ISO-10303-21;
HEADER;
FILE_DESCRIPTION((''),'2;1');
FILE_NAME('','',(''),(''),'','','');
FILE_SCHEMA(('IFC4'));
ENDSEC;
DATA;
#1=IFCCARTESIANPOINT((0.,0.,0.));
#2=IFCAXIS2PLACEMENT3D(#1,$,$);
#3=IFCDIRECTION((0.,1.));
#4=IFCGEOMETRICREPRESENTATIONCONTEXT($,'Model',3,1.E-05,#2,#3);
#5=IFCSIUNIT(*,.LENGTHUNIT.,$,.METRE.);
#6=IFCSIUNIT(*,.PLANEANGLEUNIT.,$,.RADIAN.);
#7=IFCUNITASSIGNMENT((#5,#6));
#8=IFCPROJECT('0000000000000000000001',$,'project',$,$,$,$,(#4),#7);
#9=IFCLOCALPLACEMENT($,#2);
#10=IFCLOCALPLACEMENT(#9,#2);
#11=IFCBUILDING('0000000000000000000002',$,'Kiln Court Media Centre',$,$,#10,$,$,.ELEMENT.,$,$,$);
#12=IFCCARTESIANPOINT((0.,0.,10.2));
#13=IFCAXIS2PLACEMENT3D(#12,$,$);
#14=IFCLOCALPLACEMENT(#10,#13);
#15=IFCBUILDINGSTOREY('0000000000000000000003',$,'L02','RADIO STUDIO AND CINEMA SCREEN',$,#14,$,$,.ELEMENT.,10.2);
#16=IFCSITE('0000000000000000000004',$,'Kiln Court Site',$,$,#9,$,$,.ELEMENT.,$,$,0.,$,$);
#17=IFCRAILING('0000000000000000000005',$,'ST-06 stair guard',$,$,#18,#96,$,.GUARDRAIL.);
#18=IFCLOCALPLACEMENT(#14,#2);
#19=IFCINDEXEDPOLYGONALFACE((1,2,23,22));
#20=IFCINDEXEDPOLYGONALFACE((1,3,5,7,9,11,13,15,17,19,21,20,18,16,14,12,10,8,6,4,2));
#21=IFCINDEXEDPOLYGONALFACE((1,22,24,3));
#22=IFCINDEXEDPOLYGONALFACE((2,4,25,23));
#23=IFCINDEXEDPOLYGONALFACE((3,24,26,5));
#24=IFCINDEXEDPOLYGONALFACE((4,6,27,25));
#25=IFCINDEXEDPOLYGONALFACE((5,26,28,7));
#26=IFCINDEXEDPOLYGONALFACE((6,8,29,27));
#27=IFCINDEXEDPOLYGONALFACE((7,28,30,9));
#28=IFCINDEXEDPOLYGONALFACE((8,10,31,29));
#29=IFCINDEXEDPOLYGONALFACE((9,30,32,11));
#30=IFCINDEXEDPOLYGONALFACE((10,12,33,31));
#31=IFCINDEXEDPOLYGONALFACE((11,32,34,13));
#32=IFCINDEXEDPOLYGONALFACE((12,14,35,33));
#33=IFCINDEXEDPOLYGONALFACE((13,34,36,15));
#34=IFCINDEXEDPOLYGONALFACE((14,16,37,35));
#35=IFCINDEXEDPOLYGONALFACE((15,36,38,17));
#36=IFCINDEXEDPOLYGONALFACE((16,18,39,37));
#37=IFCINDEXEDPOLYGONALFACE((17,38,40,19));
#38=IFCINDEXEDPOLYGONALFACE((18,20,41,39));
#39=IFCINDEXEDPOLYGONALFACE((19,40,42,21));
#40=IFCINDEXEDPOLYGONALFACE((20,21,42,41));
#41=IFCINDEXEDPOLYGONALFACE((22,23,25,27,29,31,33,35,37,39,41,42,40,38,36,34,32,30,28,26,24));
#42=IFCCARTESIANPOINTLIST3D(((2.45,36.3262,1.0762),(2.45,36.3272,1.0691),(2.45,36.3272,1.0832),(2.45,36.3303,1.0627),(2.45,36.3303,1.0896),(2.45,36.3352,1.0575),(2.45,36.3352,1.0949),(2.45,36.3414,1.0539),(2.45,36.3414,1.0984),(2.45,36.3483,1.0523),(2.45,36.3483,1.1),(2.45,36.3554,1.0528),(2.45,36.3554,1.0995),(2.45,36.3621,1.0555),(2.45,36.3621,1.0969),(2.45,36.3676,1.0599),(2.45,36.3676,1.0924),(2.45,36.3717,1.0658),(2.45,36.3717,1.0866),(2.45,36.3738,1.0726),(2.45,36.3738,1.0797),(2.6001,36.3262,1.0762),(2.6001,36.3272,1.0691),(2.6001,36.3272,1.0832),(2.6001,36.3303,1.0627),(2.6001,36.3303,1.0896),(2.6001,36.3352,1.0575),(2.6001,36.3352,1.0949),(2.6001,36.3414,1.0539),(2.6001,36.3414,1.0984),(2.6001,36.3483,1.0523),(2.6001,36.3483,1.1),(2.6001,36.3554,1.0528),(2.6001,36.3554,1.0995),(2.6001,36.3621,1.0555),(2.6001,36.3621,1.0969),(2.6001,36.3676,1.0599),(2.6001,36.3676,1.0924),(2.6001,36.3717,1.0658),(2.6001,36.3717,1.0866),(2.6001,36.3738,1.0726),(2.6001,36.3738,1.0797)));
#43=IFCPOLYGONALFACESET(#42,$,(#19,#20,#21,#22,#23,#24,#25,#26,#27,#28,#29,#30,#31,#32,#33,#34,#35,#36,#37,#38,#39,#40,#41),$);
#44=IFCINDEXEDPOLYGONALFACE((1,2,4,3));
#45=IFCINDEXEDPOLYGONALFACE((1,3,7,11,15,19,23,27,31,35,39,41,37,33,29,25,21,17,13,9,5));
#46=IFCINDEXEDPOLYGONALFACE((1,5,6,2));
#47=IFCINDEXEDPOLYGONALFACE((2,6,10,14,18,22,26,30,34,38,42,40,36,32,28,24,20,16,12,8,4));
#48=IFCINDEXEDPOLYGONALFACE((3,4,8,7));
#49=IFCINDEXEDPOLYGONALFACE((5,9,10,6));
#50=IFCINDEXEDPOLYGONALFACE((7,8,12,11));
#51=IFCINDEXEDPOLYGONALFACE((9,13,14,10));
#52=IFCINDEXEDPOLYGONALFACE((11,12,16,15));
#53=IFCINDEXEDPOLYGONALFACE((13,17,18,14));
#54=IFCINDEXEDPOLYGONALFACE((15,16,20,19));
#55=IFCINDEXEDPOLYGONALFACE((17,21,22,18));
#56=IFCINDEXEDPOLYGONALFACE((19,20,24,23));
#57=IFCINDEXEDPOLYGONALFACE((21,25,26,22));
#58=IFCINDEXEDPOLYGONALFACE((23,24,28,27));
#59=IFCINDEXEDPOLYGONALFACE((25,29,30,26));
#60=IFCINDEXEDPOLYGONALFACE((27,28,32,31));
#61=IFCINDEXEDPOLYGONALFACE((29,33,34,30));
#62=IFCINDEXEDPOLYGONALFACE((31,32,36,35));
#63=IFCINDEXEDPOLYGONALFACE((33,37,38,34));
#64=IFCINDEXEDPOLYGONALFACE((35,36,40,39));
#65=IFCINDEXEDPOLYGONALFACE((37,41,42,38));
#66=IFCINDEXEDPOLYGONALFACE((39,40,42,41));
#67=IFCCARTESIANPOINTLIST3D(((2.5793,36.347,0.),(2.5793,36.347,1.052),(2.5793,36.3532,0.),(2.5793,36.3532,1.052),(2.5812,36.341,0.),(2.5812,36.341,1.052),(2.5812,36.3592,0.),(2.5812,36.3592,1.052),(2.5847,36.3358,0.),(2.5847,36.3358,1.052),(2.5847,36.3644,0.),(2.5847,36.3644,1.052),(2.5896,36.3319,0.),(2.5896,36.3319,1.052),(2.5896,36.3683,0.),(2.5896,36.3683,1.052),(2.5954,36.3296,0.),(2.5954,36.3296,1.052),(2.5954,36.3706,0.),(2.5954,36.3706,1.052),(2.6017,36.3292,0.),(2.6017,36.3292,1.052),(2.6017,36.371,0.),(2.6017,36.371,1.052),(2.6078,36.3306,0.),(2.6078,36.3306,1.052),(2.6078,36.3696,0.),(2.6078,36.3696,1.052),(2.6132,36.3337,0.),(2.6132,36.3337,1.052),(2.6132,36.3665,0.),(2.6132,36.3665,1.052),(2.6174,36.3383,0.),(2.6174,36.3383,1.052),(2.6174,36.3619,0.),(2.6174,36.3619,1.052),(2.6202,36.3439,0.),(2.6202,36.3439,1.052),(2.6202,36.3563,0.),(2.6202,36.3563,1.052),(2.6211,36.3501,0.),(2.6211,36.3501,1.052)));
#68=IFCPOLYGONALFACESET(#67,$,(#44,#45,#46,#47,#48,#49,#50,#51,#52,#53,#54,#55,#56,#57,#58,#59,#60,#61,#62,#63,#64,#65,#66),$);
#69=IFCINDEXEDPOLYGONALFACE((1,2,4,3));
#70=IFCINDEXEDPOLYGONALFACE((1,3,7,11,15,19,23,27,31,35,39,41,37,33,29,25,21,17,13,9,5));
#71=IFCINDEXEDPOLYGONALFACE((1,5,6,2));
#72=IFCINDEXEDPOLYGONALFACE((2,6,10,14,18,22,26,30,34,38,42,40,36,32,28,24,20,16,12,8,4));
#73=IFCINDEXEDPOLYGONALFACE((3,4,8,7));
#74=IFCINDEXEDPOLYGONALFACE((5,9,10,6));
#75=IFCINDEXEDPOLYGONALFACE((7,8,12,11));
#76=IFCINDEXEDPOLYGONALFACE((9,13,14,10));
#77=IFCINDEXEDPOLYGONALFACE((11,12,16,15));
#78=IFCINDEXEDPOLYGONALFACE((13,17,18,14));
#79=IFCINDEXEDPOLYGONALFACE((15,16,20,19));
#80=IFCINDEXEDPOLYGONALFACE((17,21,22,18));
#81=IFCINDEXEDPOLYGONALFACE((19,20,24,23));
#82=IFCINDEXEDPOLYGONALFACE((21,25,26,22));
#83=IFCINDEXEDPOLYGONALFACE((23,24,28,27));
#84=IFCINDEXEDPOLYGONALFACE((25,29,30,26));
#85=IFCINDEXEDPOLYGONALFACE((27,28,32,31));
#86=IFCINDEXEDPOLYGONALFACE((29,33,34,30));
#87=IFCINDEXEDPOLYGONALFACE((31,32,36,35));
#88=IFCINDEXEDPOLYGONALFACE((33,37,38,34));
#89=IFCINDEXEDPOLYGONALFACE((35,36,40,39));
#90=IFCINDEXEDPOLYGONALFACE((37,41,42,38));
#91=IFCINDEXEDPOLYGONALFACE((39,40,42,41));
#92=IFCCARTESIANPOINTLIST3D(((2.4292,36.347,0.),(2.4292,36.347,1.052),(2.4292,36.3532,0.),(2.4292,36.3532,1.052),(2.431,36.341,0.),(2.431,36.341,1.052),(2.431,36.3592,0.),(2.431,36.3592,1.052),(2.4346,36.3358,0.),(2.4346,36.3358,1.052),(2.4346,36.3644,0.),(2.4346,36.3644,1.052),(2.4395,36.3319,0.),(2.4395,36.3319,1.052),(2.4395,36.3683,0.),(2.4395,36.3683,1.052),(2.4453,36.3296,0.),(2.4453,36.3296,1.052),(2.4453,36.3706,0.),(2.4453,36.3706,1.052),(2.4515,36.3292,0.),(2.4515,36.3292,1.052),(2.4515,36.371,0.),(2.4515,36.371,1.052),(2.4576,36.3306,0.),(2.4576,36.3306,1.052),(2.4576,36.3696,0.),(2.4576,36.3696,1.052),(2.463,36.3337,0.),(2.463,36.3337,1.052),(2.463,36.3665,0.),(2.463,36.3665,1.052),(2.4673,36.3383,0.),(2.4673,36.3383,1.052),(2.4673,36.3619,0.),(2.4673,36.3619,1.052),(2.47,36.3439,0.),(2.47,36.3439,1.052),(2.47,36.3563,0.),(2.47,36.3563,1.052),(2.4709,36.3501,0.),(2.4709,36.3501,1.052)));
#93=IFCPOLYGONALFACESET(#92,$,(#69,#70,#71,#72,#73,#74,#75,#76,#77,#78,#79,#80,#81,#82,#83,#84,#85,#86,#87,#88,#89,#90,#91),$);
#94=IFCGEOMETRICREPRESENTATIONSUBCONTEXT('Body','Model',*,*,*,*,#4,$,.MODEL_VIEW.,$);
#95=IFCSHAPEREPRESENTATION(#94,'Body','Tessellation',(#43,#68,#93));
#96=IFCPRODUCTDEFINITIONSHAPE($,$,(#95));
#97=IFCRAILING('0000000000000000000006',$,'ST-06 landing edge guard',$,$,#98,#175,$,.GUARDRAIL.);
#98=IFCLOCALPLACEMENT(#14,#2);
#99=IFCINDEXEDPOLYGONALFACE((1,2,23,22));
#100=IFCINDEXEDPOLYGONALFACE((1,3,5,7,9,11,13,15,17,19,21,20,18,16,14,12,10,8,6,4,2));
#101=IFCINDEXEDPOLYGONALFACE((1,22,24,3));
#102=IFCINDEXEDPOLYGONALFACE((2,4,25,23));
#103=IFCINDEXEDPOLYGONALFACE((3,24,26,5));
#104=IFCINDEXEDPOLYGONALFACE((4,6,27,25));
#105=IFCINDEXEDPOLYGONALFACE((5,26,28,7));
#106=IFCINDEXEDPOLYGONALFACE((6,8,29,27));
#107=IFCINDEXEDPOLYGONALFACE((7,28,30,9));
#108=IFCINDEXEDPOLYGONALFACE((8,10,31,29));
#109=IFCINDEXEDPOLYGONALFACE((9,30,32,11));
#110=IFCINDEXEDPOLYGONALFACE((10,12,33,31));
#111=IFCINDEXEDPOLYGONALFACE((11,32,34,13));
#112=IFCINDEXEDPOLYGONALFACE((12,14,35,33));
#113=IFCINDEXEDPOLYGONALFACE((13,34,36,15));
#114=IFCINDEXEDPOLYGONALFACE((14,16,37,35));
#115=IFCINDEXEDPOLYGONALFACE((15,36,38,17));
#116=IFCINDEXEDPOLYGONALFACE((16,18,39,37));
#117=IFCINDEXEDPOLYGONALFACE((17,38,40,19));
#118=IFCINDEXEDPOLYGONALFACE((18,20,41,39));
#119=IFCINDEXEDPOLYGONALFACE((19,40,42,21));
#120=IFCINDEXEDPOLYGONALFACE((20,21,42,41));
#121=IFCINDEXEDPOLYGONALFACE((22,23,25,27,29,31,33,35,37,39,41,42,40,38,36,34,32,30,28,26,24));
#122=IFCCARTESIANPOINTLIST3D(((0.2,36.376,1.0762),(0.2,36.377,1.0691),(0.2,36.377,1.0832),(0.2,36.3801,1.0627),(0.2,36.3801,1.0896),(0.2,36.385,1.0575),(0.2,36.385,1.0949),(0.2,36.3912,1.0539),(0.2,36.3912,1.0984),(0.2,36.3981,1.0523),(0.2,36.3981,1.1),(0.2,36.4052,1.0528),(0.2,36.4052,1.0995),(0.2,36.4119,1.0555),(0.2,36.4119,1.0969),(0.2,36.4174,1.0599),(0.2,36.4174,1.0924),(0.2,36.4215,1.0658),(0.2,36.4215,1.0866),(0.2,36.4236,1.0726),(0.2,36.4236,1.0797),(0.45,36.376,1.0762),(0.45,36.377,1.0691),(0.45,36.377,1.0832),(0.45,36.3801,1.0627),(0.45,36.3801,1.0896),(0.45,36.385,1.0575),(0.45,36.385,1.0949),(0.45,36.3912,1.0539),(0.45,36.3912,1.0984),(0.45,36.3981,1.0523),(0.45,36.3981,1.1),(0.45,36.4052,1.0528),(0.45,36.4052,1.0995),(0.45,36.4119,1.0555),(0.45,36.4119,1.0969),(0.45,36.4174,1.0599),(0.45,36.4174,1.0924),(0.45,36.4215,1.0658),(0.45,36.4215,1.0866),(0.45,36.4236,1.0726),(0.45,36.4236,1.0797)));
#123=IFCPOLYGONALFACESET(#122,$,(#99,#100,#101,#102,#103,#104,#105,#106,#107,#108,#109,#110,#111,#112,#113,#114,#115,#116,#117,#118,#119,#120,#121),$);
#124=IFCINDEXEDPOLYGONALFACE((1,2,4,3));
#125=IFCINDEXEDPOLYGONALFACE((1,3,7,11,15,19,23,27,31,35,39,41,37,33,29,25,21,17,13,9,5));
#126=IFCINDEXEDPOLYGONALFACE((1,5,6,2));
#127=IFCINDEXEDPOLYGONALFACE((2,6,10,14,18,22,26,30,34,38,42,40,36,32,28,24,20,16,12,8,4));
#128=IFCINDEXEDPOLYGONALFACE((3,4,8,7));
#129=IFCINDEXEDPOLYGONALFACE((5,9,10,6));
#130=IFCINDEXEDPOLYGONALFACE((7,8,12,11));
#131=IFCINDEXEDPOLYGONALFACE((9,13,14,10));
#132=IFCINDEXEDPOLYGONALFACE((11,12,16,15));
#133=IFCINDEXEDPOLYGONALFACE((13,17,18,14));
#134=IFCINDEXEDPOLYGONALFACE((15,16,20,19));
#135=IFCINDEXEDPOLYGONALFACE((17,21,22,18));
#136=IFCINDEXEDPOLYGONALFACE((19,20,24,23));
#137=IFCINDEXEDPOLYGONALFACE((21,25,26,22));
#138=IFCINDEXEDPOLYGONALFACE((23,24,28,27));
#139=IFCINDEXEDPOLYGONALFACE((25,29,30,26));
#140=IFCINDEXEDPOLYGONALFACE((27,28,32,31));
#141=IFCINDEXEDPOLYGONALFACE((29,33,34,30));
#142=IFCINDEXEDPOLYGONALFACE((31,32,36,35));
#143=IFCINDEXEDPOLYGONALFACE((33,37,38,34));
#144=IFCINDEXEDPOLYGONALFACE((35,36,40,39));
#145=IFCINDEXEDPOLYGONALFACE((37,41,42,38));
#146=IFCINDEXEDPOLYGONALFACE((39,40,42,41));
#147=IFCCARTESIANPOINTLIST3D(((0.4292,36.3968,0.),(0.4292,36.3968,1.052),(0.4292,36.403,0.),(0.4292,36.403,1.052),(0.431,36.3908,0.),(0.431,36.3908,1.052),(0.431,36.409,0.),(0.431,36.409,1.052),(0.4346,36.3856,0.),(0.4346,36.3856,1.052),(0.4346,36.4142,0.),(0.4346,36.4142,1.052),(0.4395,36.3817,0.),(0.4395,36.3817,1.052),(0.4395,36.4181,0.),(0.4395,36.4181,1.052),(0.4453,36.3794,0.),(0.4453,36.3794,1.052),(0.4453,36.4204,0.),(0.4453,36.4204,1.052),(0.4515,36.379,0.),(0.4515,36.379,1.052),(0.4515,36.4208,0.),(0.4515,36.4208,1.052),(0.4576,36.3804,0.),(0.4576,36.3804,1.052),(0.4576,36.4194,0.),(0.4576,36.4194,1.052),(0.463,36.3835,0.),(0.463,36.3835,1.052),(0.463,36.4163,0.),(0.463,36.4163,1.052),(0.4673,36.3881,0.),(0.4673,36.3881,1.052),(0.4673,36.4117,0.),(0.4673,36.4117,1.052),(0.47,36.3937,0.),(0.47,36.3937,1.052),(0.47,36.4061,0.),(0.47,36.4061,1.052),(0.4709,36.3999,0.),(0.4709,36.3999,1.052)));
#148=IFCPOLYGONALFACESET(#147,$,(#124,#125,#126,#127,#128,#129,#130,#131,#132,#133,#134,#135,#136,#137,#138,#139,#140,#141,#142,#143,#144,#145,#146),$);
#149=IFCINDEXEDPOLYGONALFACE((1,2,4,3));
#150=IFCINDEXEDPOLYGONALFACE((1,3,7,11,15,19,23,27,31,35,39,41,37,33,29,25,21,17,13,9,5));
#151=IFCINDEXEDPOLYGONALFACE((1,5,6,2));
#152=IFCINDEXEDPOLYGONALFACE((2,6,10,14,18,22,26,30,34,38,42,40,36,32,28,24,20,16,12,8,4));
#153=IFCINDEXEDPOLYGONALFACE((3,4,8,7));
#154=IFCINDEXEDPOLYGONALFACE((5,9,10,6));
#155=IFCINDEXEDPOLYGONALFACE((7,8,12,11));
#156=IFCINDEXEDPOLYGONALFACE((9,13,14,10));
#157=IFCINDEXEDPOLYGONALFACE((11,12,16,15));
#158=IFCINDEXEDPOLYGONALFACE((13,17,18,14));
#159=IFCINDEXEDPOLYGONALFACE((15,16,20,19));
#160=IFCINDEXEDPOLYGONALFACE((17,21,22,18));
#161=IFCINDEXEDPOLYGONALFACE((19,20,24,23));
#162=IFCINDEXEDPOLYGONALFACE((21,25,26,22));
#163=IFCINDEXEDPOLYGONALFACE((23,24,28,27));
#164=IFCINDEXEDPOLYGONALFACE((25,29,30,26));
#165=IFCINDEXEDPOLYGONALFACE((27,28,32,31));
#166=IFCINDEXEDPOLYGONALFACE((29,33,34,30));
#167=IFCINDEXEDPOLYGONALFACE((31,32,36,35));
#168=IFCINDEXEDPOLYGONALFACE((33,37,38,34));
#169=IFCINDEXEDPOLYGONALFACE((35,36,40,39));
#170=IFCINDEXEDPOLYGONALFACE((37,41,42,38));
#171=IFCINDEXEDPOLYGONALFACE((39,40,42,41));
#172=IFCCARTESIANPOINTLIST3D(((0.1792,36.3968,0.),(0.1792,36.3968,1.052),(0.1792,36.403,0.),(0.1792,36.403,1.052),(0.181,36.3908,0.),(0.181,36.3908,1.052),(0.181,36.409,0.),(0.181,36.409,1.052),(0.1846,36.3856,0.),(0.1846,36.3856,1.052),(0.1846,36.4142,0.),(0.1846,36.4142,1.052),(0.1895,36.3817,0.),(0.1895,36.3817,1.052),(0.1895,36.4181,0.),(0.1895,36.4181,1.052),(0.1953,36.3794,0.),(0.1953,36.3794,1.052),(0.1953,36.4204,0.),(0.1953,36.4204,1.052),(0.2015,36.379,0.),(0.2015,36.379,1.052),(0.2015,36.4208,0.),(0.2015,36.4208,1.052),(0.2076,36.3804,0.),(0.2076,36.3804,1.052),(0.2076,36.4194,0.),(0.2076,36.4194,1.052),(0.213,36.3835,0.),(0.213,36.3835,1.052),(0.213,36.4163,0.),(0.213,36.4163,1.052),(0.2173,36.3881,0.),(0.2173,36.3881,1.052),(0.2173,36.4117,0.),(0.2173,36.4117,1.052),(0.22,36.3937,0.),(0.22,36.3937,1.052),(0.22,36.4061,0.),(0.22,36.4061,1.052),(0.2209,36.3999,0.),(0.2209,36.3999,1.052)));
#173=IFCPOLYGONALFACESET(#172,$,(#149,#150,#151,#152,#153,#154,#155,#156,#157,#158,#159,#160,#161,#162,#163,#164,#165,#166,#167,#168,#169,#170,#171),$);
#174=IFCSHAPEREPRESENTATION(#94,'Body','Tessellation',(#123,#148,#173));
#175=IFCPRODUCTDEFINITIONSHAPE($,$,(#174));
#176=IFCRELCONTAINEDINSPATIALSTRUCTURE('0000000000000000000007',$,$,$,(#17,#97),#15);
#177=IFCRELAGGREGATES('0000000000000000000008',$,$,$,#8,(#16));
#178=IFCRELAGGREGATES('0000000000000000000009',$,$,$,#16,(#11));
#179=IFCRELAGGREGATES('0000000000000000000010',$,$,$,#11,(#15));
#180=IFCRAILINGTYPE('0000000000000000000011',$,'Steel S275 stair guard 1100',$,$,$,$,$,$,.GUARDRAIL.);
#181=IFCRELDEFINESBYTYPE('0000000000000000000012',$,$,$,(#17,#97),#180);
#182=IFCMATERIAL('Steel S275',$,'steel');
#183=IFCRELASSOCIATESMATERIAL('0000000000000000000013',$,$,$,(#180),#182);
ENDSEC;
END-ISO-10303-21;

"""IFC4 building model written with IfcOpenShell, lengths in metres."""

from ifc_helpers import new_model, si_unit, direction, frame, origin, origin_2d, place, context, subcontext, project, spatial, circle, extrude, material, type_object, element, save


model = new_model("IFC4")

# Units and contexts
model_context = context("Model", 3, precision=1e-05, world=origin(), true_north=direction((0.0, 1.0)))
body_context = subcontext(model_context, "Body", "Model", "MODEL_VIEW")
ifc_project = project(units=[si_unit("LENGTHUNIT", "METRE"), si_unit("PLANEANGLEUNIT", "RADIAN")], contexts=[model_context])

# Site, building, storey
site_placement = place(None, origin())
site = spatial("IfcSite", under=ifc_project, at=site_placement, Name="Kiln Court Site", CompositionType="ELEMENT", RefElevation=0.0)
building_placement = place(site_placement, origin())
building = spatial("IfcBuilding", under=site, at=building_placement, Name="Kiln Court Media Centre", CompositionType="ELEMENT")
storey_placement = place(building_placement, frame((0.0, 0.0, 10.2)))
storey = spatial("IfcBuildingStorey", under=building, at=storey_placement, Name="L02", Description="RADIO STUDIO AND CINEMA SCREEN", CompositionType="ELEMENT", Elevation=10.2)

# Railings
ifc_material_1 = material(Name="Steel S275", Category="steel")
railing_type_1 = type_object("IfcRailingType", Name="Steel S275 stair guard 1100", PredefinedType="GUARDRAIL", material=ifc_material_1)
railing_1_placement = place(storey_placement, frame((2.6001, 36.3501, 0.0)))
element("IfcRailing", 1, at=railing_1_placement, inside=storey, type_object=railing_type_1, Name="ST-06 stair guard", PredefinedType="GUARDRAIL", context=body_context, shape_type="SweptSolid", body=[
    extrude(circle(Radius=0.0239, at=origin_2d()), frame((0.0, 0.0, 1.0762), z_axis=(-1.0, 0.0, 0.0), x_axis=(0.0, -1.0, 0.0)), (0.0, 0.0, 1.0), 0.1501),
    extrude(circle(Radius=0.021, at=origin_2d()), origin(), (0.0, 0.0, 1.0), 1.052),
    extrude(circle(Radius=0.021, at=origin_2d()), frame((-0.1501, 0.0, 0.0)), (0.0, 0.0, 1.0), 1.052),
])
railing_2_placement = place(storey_placement, frame((0.45, 36.3999, 0.0)))
element("IfcRailing", 2, at=railing_2_placement, inside=storey, type_object=railing_type_1, Name="ST-06 landing edge guard", PredefinedType="GUARDRAIL", context=body_context, shape_type="SweptSolid", body=[
    extrude(circle(Radius=0.0239, at=origin_2d()), frame((0.0, 0.0, 1.0762), z_axis=(-1.0, 0.0, 0.0), x_axis=(0.0, -1.0, 0.0)), (0.0, 0.0, 1.0), 0.25),
    extrude(circle(Radius=0.021, at=origin_2d()), origin(), (0.0, 0.0, 1.0), 1.052),
    extrude(circle(Radius=0.021, at=origin_2d()), frame((-0.25, 0.0, 0.0)), (0.0, 0.0, 1.0), 1.052),
])

save(model, "model.ifc")
